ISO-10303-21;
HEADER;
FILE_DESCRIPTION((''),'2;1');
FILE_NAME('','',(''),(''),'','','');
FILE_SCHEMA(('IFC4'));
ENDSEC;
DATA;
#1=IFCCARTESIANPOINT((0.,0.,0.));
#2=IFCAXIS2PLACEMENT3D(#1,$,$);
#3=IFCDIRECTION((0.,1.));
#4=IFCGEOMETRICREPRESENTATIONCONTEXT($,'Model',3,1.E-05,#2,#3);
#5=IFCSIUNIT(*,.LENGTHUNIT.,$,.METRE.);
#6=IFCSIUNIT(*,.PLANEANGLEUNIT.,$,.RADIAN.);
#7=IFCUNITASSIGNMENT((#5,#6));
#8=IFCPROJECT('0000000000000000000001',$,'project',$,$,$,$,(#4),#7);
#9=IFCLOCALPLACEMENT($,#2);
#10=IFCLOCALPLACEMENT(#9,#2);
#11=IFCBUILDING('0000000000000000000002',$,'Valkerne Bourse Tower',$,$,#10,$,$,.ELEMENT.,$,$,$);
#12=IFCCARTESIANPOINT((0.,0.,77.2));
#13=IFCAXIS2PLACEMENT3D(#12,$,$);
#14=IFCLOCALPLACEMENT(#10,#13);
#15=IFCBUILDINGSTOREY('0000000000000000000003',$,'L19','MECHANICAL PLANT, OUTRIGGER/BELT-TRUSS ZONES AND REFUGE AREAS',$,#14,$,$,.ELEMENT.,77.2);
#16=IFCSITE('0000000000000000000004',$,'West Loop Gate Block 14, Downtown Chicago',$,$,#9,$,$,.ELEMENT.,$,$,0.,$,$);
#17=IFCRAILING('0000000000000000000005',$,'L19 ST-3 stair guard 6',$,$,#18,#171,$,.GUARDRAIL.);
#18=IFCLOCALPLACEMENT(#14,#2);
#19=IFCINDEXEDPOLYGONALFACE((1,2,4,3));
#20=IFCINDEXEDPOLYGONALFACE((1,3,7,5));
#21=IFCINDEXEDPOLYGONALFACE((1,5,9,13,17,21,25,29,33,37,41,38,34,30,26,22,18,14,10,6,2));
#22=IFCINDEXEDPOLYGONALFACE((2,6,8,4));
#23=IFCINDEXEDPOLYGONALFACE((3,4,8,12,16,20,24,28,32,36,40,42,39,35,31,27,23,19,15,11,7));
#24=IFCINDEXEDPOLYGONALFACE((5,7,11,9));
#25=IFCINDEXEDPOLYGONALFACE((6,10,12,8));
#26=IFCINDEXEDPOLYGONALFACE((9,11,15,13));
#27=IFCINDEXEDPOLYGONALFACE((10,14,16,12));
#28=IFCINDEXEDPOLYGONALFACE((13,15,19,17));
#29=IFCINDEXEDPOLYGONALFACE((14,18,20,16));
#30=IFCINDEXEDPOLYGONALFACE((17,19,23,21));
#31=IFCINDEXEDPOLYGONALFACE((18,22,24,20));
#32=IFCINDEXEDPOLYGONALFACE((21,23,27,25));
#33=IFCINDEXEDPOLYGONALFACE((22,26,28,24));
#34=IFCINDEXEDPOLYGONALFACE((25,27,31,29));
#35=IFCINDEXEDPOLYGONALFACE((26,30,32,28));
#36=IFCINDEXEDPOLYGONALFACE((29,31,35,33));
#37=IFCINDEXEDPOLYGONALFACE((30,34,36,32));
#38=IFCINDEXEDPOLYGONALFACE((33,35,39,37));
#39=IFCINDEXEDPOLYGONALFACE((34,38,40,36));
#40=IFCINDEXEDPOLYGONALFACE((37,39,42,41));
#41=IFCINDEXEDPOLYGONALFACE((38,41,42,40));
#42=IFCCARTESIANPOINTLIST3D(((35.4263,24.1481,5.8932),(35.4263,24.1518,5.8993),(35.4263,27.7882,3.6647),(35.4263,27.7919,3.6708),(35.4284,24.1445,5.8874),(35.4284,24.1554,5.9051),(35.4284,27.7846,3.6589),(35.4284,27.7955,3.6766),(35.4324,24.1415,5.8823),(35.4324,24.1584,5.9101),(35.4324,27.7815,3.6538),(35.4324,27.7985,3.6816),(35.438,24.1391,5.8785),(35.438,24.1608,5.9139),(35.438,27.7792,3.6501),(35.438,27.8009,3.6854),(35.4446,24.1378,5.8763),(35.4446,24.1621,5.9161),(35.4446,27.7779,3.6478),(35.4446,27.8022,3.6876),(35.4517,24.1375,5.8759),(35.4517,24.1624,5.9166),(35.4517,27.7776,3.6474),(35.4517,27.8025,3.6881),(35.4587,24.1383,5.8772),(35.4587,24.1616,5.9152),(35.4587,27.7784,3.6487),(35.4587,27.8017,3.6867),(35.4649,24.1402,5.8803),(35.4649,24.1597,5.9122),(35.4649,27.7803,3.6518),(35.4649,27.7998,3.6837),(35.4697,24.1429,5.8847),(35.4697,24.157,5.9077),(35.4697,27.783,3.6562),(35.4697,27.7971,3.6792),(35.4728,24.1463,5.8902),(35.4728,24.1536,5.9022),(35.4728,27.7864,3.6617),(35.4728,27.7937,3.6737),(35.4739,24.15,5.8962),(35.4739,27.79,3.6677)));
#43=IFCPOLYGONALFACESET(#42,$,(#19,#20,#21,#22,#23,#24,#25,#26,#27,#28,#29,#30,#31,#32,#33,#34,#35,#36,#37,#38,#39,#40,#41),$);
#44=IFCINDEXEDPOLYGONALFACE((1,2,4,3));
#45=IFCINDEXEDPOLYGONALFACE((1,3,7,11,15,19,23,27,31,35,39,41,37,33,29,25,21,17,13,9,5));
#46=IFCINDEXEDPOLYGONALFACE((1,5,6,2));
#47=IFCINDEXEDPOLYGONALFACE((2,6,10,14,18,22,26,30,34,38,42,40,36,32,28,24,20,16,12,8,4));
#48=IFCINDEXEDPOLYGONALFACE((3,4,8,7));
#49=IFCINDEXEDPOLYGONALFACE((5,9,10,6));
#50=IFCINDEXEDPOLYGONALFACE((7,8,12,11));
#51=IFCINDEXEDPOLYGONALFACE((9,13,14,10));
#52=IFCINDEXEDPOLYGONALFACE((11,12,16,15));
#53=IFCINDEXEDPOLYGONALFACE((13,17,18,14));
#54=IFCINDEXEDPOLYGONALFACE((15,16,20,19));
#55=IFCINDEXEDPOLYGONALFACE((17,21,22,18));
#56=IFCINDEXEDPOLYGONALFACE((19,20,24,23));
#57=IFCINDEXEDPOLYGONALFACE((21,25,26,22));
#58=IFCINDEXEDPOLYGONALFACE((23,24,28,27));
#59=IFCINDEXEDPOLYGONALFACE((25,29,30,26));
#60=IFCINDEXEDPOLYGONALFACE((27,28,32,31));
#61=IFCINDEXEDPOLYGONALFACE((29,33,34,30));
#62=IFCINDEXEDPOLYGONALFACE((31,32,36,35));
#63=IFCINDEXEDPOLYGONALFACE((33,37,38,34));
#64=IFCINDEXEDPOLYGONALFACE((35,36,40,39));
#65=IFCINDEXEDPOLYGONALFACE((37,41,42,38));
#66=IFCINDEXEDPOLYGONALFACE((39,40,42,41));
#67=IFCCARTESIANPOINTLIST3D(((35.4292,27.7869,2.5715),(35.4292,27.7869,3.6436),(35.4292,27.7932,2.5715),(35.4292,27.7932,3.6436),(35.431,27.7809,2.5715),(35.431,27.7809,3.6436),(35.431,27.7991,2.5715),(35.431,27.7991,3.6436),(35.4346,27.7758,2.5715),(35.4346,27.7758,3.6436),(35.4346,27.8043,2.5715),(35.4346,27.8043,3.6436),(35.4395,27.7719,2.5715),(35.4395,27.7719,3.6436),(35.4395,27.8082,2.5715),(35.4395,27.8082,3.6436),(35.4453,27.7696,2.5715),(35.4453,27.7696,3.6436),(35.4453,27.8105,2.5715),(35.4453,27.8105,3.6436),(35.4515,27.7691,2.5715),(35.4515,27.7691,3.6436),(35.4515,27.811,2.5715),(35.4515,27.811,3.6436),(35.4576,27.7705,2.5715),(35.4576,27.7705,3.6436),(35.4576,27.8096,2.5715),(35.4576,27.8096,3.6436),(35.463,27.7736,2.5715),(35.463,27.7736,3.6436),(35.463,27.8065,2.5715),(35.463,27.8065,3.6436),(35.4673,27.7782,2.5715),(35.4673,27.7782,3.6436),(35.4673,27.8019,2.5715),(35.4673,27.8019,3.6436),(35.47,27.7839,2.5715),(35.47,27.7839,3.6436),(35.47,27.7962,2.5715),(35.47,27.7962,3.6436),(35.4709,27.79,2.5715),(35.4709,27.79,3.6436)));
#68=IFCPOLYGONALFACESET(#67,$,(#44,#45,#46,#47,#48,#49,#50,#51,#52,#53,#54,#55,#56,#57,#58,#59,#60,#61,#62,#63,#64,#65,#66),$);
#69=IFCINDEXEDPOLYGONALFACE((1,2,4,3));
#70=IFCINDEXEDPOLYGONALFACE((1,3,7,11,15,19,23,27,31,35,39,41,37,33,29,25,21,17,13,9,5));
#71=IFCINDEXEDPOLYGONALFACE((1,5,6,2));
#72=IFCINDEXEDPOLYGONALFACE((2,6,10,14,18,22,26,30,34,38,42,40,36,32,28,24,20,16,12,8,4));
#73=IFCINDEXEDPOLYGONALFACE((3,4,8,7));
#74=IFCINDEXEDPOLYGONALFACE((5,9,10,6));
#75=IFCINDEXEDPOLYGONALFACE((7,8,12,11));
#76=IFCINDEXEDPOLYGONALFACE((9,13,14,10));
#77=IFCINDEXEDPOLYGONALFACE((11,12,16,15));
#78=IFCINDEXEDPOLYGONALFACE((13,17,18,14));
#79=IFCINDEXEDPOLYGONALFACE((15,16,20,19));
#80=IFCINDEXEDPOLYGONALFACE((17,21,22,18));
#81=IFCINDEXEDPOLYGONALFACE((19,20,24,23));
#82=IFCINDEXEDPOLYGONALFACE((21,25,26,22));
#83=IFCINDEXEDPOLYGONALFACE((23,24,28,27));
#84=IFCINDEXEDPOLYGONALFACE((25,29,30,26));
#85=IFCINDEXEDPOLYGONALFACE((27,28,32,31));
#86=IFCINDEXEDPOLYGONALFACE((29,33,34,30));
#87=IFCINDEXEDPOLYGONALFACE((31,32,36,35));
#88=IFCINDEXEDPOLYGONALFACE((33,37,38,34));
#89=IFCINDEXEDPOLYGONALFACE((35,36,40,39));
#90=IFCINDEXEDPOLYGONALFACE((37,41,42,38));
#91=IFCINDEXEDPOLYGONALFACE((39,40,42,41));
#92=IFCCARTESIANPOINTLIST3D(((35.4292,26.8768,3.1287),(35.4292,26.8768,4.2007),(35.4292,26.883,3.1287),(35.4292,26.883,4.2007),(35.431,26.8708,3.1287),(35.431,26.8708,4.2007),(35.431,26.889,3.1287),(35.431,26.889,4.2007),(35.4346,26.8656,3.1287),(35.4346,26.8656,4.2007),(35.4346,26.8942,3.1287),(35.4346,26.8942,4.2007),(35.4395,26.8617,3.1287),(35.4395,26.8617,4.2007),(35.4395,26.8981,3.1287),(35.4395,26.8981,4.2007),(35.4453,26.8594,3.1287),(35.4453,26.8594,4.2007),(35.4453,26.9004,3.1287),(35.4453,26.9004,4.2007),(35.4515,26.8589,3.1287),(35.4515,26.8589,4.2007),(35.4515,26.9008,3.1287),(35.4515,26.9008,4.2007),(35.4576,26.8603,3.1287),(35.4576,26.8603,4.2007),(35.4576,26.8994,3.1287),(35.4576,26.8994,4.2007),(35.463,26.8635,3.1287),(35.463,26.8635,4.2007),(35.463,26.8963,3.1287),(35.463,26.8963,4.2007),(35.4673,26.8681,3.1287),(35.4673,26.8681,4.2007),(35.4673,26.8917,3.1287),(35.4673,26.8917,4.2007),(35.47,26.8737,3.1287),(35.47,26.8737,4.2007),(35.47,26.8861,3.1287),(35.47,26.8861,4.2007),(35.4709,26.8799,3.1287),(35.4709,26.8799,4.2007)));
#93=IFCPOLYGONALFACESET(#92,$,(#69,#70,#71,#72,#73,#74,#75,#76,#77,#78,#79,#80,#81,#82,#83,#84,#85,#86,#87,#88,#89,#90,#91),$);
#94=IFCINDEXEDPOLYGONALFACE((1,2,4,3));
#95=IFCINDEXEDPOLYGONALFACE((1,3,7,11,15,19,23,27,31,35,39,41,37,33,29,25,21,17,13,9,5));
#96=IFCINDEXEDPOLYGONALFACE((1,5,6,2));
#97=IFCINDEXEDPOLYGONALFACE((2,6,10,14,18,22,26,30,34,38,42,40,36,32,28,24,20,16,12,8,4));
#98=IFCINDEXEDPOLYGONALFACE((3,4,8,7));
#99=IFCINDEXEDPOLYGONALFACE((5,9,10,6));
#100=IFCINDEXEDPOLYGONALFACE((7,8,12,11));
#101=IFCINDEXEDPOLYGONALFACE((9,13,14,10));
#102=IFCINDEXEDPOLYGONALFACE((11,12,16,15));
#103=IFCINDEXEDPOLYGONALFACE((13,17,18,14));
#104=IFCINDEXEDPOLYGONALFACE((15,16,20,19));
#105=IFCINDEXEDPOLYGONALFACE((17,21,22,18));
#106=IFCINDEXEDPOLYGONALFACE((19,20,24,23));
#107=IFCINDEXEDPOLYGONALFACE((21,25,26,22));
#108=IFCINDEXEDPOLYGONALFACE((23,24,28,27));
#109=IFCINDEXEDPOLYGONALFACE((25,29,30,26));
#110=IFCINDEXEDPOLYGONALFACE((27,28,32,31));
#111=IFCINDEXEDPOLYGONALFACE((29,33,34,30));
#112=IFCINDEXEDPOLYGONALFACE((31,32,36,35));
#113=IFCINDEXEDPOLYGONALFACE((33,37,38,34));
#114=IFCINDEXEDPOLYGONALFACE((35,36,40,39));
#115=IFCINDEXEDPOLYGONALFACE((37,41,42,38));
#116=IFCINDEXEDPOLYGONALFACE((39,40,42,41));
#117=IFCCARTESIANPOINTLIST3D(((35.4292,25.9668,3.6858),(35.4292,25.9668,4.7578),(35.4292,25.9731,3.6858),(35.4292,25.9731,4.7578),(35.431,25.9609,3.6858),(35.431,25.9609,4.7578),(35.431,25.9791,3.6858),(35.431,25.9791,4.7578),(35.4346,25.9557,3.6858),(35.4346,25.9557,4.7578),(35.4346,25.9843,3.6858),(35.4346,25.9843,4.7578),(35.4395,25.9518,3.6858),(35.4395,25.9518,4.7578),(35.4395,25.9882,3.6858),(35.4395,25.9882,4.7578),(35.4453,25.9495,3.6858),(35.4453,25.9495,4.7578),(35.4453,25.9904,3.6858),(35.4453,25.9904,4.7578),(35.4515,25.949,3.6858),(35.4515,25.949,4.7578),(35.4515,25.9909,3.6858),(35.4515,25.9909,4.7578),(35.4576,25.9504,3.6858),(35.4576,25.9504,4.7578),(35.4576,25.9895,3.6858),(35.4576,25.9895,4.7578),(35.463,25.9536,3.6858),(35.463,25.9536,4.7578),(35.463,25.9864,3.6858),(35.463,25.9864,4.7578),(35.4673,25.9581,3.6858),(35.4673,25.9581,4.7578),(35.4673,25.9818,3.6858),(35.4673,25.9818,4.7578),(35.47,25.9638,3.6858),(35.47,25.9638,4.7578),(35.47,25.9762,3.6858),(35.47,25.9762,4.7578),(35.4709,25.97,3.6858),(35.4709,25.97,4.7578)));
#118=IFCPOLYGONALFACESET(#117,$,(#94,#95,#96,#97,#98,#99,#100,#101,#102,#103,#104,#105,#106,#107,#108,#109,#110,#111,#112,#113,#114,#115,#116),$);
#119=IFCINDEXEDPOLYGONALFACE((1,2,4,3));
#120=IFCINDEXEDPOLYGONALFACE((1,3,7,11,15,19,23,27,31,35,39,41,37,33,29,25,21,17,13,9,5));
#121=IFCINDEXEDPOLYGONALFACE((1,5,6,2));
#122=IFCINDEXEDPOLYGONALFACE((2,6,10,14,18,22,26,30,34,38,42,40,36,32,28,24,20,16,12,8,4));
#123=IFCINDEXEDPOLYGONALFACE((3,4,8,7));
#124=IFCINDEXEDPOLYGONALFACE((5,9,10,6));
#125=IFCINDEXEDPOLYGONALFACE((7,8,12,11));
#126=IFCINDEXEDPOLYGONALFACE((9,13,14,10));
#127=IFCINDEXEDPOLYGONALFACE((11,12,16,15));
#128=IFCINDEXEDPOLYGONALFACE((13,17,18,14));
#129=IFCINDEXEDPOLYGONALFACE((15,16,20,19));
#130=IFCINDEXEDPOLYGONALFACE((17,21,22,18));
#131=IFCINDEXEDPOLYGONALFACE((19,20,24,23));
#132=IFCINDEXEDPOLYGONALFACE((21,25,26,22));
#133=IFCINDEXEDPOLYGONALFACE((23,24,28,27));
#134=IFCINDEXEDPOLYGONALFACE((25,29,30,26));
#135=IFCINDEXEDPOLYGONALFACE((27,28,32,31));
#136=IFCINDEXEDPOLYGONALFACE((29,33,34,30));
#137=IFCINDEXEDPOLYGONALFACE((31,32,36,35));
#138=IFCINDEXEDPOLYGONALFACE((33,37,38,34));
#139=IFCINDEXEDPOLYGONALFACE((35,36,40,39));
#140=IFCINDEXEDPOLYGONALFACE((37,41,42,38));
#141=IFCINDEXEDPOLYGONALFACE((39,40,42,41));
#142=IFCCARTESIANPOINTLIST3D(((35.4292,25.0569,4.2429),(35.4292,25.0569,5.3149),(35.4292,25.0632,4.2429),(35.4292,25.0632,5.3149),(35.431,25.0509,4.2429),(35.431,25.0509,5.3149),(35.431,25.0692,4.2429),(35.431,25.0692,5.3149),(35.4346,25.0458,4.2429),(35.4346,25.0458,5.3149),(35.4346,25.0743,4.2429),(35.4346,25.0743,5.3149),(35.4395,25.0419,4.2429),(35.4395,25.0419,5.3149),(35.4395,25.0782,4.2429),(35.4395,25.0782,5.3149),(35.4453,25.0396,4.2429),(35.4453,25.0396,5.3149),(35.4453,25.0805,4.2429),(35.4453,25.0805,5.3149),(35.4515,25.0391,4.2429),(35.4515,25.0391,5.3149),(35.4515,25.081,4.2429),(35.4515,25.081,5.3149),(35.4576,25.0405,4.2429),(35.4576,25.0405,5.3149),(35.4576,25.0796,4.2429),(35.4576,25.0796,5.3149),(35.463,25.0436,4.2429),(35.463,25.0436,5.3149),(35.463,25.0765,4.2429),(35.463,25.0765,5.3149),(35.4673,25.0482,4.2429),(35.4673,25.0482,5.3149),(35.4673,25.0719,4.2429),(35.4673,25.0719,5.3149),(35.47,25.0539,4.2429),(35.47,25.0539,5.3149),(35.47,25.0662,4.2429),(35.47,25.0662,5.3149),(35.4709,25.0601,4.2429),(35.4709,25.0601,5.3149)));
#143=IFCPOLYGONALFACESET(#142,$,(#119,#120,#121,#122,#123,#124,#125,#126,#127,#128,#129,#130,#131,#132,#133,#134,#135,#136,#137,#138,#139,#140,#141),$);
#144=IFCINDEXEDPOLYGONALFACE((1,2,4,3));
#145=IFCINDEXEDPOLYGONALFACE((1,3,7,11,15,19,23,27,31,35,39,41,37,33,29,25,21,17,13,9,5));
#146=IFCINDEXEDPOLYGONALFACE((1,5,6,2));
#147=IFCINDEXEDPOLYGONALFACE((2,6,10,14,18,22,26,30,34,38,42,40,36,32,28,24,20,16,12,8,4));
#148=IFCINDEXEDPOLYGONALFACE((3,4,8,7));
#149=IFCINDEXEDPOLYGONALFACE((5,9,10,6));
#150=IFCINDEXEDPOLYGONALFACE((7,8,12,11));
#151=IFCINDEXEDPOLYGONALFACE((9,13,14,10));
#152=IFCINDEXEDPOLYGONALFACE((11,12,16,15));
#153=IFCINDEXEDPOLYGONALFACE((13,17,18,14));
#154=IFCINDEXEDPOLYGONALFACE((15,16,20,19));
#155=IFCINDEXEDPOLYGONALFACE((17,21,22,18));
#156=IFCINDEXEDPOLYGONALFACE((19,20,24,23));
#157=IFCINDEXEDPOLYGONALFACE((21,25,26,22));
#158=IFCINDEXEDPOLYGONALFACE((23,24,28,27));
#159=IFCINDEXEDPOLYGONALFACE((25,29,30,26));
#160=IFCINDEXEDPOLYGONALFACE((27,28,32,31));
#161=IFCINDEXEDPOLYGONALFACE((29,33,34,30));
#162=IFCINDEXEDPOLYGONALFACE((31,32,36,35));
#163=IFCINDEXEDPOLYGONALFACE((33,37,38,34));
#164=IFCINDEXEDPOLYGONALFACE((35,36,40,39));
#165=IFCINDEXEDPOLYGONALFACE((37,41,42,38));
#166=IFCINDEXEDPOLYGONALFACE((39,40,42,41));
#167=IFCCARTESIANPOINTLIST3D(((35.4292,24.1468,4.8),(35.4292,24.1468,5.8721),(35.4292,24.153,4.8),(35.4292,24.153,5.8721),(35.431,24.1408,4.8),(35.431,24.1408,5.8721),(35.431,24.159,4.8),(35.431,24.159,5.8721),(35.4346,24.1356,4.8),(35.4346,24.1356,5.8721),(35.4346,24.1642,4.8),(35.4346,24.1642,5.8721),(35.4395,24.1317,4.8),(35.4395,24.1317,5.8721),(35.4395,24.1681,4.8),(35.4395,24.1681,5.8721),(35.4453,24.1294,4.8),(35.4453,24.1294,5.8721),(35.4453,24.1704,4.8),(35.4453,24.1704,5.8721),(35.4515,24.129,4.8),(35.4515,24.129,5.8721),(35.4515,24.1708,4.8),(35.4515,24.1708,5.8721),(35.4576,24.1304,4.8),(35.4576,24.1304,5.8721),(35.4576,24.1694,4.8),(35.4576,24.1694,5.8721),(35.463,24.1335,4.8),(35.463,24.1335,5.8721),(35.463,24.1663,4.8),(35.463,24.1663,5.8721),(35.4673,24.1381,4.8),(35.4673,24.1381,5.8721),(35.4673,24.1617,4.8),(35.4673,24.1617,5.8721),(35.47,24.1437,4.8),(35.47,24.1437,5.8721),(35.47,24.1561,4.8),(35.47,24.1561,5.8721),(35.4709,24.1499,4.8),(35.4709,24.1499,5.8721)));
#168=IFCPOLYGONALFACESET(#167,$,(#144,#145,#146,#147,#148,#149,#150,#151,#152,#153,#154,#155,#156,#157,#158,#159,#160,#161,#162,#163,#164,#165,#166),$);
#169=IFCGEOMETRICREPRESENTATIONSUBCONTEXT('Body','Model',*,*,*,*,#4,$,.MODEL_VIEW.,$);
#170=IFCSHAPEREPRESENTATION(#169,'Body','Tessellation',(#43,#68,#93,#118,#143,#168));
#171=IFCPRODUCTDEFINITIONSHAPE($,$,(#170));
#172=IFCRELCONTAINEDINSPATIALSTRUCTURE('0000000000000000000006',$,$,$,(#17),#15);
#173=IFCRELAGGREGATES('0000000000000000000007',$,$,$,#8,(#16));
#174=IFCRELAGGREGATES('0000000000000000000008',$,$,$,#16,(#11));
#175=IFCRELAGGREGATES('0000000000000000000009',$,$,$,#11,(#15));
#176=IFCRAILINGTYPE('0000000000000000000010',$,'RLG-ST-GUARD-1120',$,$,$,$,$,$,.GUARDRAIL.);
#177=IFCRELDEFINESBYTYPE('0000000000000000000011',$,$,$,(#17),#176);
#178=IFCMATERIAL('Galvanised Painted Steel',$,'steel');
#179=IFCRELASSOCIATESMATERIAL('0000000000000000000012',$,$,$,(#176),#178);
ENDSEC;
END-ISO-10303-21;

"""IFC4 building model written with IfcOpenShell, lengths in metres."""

from ifc_helpers import new_model, si_unit, direction, frame, origin, origin_2d, place, context, subcontext, project, spatial, circle, extrude, material, type_object, element, save


model = new_model("IFC4")

# Units and contexts
model_context = context("Model", 3, precision=1e-05, world=origin(), true_north=direction((0.0, 1.0)))
body_context = subcontext(model_context, "Body", "Model", "MODEL_VIEW")
ifc_project = project(units=[si_unit("LENGTHUNIT", "METRE"), si_unit("PLANEANGLEUNIT", "RADIAN")], contexts=[model_context])

# Site, building, storey
site_placement = place(None, origin())
site = spatial("IfcSite", under=ifc_project, at=site_placement, Name="West Loop Gate Block 14, Downtown Chicago", CompositionType="ELEMENT", RefElevation=0.0)
building_placement = place(site_placement, origin())
building = spatial("IfcBuilding", under=site, at=building_placement, Name="Valkerne Bourse Tower", CompositionType="ELEMENT")
storey_placement = place(building_placement, frame((0.0, 0.0, 77.2)))
storey = spatial("IfcBuildingStorey", under=building, at=storey_placement, Name="L19", Description="MECHANICAL PLANT, OUTRIGGER/BELT-TRUSS ZONES AND REFUGE AREAS", CompositionType="ELEMENT", Elevation=77.2)

# Shared definitions
ifc_material_1 = material(Name="Galvanised Painted Steel", Category="steel")

# Railing
railing_type_1 = type_object("IfcRailingType", Name="RLG-ST-GUARD-1120", PredefinedType="GUARDRAIL", material=ifc_material_1)
railing_1_placement = place(storey_placement, frame((35.45, 27.79, 2.5715)))
element("IfcRailing", 1, at=railing_1_placement, inside=storey, type_object=railing_type_1, Name="L19 ST-3 stair guard 6", PredefinedType="GUARDRAIL", context=body_context, shape_type="SweptSolid", body=[
    extrude(circle(Radius=0.0239, at=origin_2d()), frame((0.0, 0.0, 1.0962), z_axis=(0.0, -0.852866, 0.52213), x_axis=(1.0, 0.0, 0.0)), (0.0, 0.0, 1.0), 4.2681),
    extrude(circle(Radius=0.021, at=origin_2d()), origin(), (0.0, 0.0, 1.0), 1.072),
    extrude(circle(Radius=0.021, at=origin_2d()), frame((0.0, -0.9102, 0.5571)), (0.0, 0.0, 1.0), 1.072),
    extrude(circle(Radius=0.021, at=origin_2d()), frame((0.0, -1.8201, 1.1143)), (0.0, 0.0, 1.0), 1.072),
    extrude(circle(Radius=0.021, at=origin_2d()), frame((0.0, -2.73, 1.6714)), (0.0, 0.0, 1.0), 1.072),
    extrude(circle(Radius=0.021, at=origin_2d()), frame((0.0, -3.6401, 2.2285)), (0.0, 0.0, 1.0), 1.072),
])

save(model, "model.ifc")
